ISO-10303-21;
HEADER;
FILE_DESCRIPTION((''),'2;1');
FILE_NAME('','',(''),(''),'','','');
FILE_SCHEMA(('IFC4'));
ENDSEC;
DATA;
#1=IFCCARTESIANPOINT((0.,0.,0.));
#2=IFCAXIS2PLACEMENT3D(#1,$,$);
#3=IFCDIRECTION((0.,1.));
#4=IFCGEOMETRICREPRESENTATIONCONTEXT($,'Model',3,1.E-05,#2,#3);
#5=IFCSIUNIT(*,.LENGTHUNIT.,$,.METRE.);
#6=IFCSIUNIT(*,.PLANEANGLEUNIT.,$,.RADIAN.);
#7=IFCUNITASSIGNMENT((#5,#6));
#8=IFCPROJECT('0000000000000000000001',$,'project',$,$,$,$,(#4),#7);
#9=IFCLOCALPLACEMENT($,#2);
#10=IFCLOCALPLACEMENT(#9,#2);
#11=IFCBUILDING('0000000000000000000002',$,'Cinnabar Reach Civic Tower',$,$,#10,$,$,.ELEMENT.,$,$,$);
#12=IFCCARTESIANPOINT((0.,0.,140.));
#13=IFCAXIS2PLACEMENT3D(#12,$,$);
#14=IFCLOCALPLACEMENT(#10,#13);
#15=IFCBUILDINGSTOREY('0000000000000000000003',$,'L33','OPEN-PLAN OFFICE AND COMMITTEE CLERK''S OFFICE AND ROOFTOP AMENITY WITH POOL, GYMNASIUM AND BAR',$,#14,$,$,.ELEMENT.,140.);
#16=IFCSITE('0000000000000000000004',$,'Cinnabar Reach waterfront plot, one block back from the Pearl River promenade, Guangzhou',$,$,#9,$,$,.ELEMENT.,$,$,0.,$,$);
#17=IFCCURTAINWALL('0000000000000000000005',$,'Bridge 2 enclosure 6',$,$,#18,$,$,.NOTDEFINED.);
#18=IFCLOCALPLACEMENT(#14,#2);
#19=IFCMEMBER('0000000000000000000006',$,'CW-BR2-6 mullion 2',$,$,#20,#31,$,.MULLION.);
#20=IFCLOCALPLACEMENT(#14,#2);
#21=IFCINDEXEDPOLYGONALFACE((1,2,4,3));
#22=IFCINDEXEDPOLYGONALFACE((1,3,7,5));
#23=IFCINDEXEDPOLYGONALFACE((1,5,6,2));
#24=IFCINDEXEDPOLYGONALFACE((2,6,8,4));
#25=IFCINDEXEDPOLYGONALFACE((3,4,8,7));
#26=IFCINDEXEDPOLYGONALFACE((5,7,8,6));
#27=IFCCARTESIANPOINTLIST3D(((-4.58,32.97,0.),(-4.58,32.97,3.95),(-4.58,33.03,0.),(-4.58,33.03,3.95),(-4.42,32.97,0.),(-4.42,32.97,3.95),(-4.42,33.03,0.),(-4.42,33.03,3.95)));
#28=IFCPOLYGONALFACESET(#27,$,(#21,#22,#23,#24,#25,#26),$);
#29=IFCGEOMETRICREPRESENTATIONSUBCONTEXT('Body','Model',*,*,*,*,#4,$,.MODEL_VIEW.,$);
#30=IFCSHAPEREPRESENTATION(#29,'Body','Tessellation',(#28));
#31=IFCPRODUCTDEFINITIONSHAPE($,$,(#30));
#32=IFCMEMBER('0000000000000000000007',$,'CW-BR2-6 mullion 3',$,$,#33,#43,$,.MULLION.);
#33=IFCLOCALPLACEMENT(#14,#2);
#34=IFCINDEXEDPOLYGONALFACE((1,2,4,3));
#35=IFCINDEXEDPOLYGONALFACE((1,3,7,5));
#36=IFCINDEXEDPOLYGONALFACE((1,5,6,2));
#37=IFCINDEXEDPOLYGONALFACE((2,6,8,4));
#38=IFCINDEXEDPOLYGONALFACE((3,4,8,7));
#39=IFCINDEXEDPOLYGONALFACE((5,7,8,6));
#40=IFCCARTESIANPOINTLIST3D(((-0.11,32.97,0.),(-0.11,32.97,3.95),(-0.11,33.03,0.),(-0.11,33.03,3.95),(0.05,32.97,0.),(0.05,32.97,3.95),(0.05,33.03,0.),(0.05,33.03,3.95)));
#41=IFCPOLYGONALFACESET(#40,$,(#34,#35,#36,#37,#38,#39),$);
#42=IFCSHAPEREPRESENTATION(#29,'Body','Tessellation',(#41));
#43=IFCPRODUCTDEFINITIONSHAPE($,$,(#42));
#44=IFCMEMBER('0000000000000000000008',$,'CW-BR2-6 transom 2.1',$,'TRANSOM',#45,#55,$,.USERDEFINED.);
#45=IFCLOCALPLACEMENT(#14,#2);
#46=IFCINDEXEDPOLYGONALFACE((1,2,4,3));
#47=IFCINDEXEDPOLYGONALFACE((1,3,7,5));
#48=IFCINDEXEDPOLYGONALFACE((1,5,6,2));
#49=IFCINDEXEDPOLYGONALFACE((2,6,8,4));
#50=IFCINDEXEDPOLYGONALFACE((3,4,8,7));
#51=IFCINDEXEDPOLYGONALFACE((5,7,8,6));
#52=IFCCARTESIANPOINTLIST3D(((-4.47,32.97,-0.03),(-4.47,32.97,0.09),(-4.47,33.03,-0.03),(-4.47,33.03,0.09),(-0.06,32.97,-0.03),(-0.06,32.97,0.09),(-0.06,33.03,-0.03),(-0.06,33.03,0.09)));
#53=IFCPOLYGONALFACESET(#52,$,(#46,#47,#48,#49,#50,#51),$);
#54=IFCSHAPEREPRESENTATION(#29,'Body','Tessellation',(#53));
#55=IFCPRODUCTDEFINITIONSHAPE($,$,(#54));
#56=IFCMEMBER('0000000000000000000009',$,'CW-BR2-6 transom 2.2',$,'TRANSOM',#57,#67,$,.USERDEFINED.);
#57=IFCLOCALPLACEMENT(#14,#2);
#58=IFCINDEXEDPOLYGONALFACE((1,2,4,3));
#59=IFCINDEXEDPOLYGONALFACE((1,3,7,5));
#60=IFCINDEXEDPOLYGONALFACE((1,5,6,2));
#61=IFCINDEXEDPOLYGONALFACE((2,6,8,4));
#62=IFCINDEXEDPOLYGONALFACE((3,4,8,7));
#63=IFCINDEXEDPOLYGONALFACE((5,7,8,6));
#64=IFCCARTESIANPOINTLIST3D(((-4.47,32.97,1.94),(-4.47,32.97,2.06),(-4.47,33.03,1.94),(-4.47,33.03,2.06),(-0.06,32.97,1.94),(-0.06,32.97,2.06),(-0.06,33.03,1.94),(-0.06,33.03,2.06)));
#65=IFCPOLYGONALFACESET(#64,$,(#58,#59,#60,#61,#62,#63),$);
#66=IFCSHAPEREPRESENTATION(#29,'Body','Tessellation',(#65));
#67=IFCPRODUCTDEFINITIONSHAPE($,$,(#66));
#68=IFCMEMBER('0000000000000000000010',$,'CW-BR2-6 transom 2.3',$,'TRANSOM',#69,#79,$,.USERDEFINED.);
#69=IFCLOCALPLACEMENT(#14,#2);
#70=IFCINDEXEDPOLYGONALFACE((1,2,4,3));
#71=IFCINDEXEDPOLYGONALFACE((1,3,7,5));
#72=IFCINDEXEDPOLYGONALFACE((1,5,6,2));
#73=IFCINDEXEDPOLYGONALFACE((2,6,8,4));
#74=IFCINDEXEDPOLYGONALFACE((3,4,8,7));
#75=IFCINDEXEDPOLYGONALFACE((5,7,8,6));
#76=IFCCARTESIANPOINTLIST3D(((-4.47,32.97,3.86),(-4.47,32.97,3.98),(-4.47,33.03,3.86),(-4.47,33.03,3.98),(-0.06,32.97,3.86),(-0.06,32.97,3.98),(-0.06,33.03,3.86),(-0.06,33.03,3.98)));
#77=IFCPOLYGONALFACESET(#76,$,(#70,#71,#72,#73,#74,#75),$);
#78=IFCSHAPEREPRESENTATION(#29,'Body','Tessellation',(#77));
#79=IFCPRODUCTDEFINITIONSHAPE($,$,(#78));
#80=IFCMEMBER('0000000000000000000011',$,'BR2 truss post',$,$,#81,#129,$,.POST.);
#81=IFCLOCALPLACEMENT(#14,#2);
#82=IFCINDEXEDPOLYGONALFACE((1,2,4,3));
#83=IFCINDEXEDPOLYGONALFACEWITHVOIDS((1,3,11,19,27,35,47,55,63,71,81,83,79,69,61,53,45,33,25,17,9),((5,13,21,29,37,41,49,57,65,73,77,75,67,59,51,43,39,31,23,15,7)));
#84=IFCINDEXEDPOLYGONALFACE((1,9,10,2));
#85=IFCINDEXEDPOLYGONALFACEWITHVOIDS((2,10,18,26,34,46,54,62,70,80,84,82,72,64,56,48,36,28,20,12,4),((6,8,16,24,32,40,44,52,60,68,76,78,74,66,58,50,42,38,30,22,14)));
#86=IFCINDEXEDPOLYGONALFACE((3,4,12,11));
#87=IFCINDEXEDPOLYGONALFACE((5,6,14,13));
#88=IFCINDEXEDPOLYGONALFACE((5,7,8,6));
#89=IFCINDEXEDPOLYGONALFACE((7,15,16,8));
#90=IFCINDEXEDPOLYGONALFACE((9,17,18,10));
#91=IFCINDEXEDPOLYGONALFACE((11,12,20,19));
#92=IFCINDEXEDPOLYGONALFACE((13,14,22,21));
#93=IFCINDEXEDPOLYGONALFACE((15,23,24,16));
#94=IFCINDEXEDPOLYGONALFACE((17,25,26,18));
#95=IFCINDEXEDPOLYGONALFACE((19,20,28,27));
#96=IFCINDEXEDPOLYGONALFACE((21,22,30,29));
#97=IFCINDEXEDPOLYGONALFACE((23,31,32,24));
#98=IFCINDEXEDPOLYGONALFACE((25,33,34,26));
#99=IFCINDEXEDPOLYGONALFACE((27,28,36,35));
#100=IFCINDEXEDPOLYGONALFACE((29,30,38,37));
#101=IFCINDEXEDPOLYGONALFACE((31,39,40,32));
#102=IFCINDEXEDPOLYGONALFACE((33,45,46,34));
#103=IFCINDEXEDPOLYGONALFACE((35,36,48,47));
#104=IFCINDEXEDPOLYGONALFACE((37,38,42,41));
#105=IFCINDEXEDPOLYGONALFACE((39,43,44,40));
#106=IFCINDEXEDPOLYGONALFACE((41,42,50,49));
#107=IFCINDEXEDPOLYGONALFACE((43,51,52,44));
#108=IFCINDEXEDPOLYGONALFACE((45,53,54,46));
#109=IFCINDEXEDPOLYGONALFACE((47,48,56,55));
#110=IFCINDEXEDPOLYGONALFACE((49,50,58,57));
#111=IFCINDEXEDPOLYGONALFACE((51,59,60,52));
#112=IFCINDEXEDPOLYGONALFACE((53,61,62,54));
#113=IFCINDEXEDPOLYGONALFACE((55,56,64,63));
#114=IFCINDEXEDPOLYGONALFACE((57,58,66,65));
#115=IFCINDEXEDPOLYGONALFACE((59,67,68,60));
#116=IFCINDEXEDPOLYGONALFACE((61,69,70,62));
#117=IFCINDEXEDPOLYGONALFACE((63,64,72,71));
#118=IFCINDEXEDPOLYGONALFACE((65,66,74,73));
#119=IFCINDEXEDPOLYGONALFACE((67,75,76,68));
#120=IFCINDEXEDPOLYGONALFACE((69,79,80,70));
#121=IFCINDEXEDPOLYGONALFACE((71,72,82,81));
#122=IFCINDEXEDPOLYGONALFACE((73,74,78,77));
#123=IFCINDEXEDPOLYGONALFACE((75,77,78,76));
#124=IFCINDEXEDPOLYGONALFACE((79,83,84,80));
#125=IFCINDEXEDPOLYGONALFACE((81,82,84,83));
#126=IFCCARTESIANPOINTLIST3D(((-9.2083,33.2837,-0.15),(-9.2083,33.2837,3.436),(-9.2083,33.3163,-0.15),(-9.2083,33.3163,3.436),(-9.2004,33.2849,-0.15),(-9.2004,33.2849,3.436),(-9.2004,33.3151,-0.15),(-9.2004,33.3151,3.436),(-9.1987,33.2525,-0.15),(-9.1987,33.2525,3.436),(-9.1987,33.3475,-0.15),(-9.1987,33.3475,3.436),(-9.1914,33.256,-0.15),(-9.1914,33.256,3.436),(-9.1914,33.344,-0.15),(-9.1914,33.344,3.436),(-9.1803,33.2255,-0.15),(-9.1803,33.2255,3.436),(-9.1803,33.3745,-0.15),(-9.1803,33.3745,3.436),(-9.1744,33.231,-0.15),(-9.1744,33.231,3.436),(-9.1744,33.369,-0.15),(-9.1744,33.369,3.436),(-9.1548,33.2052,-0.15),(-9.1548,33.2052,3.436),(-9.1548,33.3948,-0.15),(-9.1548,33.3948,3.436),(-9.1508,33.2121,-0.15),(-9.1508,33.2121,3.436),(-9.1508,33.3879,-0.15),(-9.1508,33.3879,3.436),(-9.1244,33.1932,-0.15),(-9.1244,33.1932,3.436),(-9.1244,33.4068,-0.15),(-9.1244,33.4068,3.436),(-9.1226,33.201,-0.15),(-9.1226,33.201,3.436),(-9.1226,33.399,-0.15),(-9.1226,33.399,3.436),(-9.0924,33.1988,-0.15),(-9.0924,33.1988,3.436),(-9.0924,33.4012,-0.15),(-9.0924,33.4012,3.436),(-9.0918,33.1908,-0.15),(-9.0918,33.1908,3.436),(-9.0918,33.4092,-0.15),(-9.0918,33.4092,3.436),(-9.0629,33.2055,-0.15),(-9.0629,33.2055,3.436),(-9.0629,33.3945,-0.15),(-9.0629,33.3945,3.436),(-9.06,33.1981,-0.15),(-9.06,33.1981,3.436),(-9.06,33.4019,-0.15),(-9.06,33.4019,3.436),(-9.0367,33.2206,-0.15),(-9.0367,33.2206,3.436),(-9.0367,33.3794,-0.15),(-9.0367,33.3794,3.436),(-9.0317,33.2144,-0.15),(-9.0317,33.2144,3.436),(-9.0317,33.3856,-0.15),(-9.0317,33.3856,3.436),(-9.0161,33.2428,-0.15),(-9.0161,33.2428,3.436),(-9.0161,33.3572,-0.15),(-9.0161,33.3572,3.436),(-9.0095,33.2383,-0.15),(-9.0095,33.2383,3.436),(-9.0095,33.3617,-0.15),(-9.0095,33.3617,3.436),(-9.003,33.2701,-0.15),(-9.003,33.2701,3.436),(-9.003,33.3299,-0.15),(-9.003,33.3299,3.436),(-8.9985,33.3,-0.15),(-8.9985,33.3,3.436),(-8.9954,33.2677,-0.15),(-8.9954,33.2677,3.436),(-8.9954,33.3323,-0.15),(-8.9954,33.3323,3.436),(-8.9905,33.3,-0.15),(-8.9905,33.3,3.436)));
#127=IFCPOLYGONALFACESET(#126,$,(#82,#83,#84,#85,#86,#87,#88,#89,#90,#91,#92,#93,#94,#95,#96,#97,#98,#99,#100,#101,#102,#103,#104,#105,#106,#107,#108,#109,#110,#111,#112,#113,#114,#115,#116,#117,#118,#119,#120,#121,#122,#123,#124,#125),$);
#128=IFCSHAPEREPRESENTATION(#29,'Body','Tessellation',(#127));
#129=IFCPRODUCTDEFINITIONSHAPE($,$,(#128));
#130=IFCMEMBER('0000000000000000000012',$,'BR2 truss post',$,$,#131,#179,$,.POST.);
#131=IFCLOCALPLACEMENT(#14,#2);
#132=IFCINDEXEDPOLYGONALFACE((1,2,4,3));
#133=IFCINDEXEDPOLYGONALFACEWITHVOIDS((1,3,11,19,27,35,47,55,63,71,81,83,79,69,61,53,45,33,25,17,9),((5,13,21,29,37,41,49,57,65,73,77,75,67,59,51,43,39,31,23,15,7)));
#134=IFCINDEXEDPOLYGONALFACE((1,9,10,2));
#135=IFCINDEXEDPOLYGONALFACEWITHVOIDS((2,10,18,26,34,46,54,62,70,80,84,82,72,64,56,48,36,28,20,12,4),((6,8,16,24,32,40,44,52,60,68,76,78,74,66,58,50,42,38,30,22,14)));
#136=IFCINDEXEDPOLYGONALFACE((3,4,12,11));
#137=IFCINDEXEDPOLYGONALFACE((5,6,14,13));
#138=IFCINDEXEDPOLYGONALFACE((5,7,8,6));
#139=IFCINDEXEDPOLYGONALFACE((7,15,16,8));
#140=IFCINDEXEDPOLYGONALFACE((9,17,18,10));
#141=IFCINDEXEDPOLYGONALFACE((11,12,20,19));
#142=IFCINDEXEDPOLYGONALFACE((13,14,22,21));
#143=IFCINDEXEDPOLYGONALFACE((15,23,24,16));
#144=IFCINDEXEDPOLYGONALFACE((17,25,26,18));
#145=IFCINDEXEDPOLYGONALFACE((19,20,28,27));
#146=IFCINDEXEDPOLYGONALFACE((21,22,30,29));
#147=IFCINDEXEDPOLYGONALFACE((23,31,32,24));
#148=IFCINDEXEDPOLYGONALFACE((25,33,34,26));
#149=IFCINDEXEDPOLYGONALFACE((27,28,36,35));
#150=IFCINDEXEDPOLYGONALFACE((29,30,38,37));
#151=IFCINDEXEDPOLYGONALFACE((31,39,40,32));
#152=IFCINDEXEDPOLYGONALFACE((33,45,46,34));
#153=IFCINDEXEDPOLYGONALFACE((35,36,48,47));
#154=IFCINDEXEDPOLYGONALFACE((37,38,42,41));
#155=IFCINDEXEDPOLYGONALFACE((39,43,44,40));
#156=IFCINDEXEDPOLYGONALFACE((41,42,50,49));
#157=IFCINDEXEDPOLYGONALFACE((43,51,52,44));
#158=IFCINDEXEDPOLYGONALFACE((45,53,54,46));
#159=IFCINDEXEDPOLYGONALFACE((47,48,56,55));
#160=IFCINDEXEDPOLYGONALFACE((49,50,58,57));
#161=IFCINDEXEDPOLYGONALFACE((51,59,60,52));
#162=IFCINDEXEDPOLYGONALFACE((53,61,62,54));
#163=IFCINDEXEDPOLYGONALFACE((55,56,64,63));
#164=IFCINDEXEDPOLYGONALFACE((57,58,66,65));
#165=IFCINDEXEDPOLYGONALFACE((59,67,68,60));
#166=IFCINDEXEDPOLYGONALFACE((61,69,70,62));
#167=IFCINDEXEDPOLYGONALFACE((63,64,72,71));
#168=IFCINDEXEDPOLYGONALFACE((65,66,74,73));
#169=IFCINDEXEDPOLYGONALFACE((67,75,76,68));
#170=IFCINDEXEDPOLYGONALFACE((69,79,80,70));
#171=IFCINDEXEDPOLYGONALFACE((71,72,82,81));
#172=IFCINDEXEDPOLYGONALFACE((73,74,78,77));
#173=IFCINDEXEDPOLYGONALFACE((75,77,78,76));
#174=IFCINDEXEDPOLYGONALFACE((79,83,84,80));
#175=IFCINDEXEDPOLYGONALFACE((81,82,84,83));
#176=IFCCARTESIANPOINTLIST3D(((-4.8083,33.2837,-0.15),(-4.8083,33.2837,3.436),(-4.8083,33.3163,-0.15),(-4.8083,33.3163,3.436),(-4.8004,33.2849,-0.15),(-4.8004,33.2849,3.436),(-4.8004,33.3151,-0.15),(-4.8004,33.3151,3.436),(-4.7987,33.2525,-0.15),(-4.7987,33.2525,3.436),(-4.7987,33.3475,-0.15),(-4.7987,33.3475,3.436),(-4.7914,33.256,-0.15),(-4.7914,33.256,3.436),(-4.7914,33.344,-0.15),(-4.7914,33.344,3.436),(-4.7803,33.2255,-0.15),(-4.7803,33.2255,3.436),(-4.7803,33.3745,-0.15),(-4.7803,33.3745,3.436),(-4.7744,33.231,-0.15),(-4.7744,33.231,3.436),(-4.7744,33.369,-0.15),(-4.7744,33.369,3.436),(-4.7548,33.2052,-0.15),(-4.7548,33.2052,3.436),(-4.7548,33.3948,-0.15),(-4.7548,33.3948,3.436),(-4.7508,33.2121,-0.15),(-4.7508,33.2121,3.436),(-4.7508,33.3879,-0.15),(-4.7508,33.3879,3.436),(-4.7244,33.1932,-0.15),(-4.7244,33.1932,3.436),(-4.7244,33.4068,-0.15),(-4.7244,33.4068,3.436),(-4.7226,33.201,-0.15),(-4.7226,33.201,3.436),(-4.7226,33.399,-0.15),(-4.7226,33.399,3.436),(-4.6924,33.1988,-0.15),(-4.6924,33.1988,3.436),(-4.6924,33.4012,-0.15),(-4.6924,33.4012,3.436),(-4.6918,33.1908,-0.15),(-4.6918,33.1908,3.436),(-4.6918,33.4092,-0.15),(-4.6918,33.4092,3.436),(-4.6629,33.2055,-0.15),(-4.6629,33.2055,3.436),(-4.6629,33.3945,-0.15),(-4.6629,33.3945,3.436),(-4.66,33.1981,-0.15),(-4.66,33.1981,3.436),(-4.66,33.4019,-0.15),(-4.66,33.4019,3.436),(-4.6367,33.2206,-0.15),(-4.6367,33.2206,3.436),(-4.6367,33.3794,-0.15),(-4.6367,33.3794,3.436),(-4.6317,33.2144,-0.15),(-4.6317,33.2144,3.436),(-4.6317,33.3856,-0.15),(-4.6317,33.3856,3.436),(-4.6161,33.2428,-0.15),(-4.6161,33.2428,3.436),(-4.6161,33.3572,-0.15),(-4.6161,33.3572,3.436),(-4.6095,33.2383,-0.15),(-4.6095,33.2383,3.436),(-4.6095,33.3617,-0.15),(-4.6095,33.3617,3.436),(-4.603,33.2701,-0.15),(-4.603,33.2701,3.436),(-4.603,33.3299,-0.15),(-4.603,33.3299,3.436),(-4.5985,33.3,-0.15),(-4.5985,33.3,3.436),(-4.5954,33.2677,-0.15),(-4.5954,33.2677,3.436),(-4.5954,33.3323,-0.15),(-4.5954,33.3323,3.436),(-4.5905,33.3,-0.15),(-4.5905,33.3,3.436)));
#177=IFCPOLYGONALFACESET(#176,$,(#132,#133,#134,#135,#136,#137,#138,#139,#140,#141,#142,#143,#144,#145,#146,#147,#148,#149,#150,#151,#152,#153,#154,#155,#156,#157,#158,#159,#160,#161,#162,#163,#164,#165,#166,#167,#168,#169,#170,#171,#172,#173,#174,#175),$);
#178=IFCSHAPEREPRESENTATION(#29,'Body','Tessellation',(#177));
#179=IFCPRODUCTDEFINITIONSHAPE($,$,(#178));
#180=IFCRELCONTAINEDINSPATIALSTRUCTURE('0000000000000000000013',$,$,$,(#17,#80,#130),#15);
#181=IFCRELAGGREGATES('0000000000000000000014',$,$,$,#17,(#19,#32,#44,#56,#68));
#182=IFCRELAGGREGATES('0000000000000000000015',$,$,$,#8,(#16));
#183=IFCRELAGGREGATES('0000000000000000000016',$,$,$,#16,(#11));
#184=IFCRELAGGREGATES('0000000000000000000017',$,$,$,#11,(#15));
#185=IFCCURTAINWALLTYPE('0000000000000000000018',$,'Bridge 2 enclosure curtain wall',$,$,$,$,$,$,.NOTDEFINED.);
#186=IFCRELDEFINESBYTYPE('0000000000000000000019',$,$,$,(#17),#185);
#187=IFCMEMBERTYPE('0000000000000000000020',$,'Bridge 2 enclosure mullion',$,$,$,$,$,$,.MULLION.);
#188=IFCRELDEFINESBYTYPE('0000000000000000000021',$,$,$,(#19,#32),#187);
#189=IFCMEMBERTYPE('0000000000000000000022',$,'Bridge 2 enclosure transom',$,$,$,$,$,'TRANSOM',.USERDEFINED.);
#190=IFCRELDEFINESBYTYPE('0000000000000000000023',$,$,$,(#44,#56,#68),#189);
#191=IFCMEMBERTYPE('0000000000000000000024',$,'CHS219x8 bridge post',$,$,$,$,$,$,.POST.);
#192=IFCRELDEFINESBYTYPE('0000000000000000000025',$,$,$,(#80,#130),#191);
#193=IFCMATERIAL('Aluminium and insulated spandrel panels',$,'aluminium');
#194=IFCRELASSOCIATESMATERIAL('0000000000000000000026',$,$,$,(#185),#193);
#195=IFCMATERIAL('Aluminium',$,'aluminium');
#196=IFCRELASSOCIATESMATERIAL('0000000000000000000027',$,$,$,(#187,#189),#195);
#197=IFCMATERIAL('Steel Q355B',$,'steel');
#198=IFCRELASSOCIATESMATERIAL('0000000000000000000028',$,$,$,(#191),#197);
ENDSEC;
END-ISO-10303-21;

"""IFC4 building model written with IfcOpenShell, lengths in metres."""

from ifc_helpers import new_model, si_unit, direction, frame, origin, origin_2d, place, context, subcontext, project, spatial, rectangle, hollow_circle, extrude, material, material_profile, profile_set, type_object, element, aggregate, save


model = new_model("IFC4")

# Units and contexts
model_context = context("Model", 3, precision=1e-05, world=origin(), true_north=direction((0.0, 1.0)))
body_context = subcontext(model_context, "Body", "Model", "MODEL_VIEW")
ifc_project = project(units=[si_unit("LENGTHUNIT", "METRE"), si_unit("PLANEANGLEUNIT", "RADIAN")], contexts=[model_context])

# Site, building, storey
site_placement = place(None, origin())
site = spatial("IfcSite", under=ifc_project, at=site_placement, Name="Cinnabar Reach waterfront plot, one block back from the Pearl River promenade, Guangzhou", CompositionType="ELEMENT", RefElevation=0.0)
building_placement = place(site_placement, origin())
building = spatial("IfcBuilding", under=site, at=building_placement, Name="Cinnabar Reach Civic Tower", CompositionType="ELEMENT")
storey_placement = place(building_placement, frame((0.0, 0.0, 140.0)))
storey = spatial("IfcBuildingStorey", under=building, at=storey_placement, Name="L33", Description="OPEN-PLAN OFFICE AND COMMITTEE CLERK'S OFFICE AND ROOFTOP AMENITY WITH POOL, GYMNASIUM AND BAR", CompositionType="ELEMENT", Elevation=140.0)

# Curtain wall, members
ifc_material_1 = material(Name="Aluminium and insulated spandrel panels", Category="aluminium")
curtain_wall_type = type_object("IfcCurtainWallType", Name="Bridge 2 enclosure curtain wall", PredefinedType="NOTDEFINED", material=ifc_material_1)
curtain_wall_placement = place(storey_placement, origin())
curtain_wall = element("IfcCurtainWall", 1, at=curtain_wall_placement, inside=storey, type_object=curtain_wall_type, Name="Bridge 2 enclosure 6", PredefinedType="NOTDEFINED")
ifc_material_2 = material(Name="Aluminium", Category="aluminium")
ifc_material_profile_1 = material_profile(ifc_material_2, rectangle(XDim=0.06, YDim=0.16, at=origin_2d()), Name="Bridge 2 enclosure mullion")
ifc_profile_set_1 = profile_set([ifc_material_profile_1], Name="Aluminium")
member_type_1 = type_object("IfcMemberType", Name="Bridge 2 enclosure mullion", PredefinedType="MULLION", material=ifc_profile_set_1)
member_1_placement = place(storey_placement, frame((-4.5, 33.0, 0.0), z_axis=(0.0, 0.0, 1.0), x_axis=(0.0, 1.0, 0.0)))
member_1 = element("IfcMember", 2, at=member_1_placement, type_object=member_type_1, Name="CW-BR2-6 mullion 2", PredefinedType="MULLION", context=body_context, shape_type="SweptSolid", body=[
    extrude(rectangle(XDim=0.06, YDim=0.16, at=origin_2d()), origin(), (0.0, 0.0, 1.0), 3.95),
])
member_2_placement = place(storey_placement, frame((-0.03, 33.0, 0.0), z_axis=(0.0, 0.0, 1.0), x_axis=(0.0, 1.0, 0.0)))
member_2 = element("IfcMember", 3, at=member_2_placement, type_object=member_type_1, Name="CW-BR2-6 mullion 3", PredefinedType="MULLION", context=body_context, shape_type="SweptSolid", body=[
    extrude(rectangle(XDim=0.06, YDim=0.16, at=origin_2d()), origin(), (0.0, 0.0, 1.0), 3.95),
])
ifc_material_profile_2 = material_profile(ifc_material_2, rectangle(XDim=0.06, YDim=0.12, at=origin_2d()), Name="Bridge 2 enclosure transom")
ifc_profile_set_2 = profile_set([ifc_material_profile_2], Name="Aluminium")
member_type_2 = type_object("IfcMemberType", Name="Bridge 2 enclosure transom", ElementType="TRANSOM", PredefinedType="USERDEFINED", material=ifc_profile_set_2)
member_3_placement = place(storey_placement, frame((-4.47, 33.0, 0.03), z_axis=(1.0, 0.0, 0.0), x_axis=(0.0, 1.0, 0.0)))
member_3 = element("IfcMember", 4, at=member_3_placement, type_object=member_type_2, Name="CW-BR2-6 transom 2.1", ObjectType="TRANSOM", PredefinedType="USERDEFINED", context=body_context, shape_type="SweptSolid", body=[
    extrude(rectangle(XDim=0.06, YDim=0.12, at=origin_2d()), origin(), (0.0, 0.0, 1.0), 4.41),
])
member_4_placement = place(storey_placement, frame((-4.47, 33.0, 2.0), z_axis=(1.0, 0.0, 0.0), x_axis=(0.0, 1.0, 0.0)))
member_4 = element("IfcMember", 5, at=member_4_placement, type_object=member_type_2, Name="CW-BR2-6 transom 2.2", ObjectType="TRANSOM", PredefinedType="USERDEFINED", context=body_context, shape_type="SweptSolid", body=[
    extrude(rectangle(XDim=0.06, YDim=0.12, at=origin_2d()), origin(), (0.0, 0.0, 1.0), 4.41),
])
member_5_placement = place(storey_placement, frame((-4.47, 33.0, 3.92), z_axis=(1.0, 0.0, 0.0), x_axis=(0.0, 1.0, 0.0)))
member_5 = element("IfcMember", 6, at=member_5_placement, type_object=member_type_2, Name="CW-BR2-6 transom 2.3", ObjectType="TRANSOM", PredefinedType="USERDEFINED", context=body_context, shape_type="SweptSolid", body=[
    extrude(rectangle(XDim=0.06, YDim=0.12, at=origin_2d()), origin(), (0.0, 0.0, 1.0), 4.41),
])

# Members
ifc_material_3 = material(Name="Steel Q355B", Category="steel")
ifc_material_profile_3 = material_profile(ifc_material_3, hollow_circle(Radius=0.1095, WallThickness=0.008, at=origin_2d()), Name="CHS219x8")
ifc_profile_set_3 = profile_set([ifc_material_profile_3], Name="Steel Q355B")
member_type_3 = type_object("IfcMemberType", Name="CHS219x8 bridge post", PredefinedType="POST", material=ifc_profile_set_3)
for number, where, z_axis, x_axis, name in (
    (7, (-9.1, 33.3, -0.15), (0.0, 0.0, 1.0), (1.0, 0.0, 0.0), "BR2 truss post"),
    (8, (-4.7, 33.3, -0.15), (0.0, 0.0, 1.0), (1.0, 0.0, 0.0), "BR2 truss post"),
):
    element("IfcMember", number, at=place(storey_placement, frame(where, z_axis=z_axis, x_axis=x_axis)), inside=storey, type_object=member_type_3, Name=name, PredefinedType="POST", context=body_context, shape_type="SweptSolid", body=[
        extrude(hollow_circle(Radius=0.1095, WallThickness=0.008, at=origin_2d()), origin(), (0.0, 0.0, 1.0), 3.586),
    ])

aggregate(curtain_wall, [member_1, member_2, member_3, member_4, member_5])

save(model, "model.ifc")
